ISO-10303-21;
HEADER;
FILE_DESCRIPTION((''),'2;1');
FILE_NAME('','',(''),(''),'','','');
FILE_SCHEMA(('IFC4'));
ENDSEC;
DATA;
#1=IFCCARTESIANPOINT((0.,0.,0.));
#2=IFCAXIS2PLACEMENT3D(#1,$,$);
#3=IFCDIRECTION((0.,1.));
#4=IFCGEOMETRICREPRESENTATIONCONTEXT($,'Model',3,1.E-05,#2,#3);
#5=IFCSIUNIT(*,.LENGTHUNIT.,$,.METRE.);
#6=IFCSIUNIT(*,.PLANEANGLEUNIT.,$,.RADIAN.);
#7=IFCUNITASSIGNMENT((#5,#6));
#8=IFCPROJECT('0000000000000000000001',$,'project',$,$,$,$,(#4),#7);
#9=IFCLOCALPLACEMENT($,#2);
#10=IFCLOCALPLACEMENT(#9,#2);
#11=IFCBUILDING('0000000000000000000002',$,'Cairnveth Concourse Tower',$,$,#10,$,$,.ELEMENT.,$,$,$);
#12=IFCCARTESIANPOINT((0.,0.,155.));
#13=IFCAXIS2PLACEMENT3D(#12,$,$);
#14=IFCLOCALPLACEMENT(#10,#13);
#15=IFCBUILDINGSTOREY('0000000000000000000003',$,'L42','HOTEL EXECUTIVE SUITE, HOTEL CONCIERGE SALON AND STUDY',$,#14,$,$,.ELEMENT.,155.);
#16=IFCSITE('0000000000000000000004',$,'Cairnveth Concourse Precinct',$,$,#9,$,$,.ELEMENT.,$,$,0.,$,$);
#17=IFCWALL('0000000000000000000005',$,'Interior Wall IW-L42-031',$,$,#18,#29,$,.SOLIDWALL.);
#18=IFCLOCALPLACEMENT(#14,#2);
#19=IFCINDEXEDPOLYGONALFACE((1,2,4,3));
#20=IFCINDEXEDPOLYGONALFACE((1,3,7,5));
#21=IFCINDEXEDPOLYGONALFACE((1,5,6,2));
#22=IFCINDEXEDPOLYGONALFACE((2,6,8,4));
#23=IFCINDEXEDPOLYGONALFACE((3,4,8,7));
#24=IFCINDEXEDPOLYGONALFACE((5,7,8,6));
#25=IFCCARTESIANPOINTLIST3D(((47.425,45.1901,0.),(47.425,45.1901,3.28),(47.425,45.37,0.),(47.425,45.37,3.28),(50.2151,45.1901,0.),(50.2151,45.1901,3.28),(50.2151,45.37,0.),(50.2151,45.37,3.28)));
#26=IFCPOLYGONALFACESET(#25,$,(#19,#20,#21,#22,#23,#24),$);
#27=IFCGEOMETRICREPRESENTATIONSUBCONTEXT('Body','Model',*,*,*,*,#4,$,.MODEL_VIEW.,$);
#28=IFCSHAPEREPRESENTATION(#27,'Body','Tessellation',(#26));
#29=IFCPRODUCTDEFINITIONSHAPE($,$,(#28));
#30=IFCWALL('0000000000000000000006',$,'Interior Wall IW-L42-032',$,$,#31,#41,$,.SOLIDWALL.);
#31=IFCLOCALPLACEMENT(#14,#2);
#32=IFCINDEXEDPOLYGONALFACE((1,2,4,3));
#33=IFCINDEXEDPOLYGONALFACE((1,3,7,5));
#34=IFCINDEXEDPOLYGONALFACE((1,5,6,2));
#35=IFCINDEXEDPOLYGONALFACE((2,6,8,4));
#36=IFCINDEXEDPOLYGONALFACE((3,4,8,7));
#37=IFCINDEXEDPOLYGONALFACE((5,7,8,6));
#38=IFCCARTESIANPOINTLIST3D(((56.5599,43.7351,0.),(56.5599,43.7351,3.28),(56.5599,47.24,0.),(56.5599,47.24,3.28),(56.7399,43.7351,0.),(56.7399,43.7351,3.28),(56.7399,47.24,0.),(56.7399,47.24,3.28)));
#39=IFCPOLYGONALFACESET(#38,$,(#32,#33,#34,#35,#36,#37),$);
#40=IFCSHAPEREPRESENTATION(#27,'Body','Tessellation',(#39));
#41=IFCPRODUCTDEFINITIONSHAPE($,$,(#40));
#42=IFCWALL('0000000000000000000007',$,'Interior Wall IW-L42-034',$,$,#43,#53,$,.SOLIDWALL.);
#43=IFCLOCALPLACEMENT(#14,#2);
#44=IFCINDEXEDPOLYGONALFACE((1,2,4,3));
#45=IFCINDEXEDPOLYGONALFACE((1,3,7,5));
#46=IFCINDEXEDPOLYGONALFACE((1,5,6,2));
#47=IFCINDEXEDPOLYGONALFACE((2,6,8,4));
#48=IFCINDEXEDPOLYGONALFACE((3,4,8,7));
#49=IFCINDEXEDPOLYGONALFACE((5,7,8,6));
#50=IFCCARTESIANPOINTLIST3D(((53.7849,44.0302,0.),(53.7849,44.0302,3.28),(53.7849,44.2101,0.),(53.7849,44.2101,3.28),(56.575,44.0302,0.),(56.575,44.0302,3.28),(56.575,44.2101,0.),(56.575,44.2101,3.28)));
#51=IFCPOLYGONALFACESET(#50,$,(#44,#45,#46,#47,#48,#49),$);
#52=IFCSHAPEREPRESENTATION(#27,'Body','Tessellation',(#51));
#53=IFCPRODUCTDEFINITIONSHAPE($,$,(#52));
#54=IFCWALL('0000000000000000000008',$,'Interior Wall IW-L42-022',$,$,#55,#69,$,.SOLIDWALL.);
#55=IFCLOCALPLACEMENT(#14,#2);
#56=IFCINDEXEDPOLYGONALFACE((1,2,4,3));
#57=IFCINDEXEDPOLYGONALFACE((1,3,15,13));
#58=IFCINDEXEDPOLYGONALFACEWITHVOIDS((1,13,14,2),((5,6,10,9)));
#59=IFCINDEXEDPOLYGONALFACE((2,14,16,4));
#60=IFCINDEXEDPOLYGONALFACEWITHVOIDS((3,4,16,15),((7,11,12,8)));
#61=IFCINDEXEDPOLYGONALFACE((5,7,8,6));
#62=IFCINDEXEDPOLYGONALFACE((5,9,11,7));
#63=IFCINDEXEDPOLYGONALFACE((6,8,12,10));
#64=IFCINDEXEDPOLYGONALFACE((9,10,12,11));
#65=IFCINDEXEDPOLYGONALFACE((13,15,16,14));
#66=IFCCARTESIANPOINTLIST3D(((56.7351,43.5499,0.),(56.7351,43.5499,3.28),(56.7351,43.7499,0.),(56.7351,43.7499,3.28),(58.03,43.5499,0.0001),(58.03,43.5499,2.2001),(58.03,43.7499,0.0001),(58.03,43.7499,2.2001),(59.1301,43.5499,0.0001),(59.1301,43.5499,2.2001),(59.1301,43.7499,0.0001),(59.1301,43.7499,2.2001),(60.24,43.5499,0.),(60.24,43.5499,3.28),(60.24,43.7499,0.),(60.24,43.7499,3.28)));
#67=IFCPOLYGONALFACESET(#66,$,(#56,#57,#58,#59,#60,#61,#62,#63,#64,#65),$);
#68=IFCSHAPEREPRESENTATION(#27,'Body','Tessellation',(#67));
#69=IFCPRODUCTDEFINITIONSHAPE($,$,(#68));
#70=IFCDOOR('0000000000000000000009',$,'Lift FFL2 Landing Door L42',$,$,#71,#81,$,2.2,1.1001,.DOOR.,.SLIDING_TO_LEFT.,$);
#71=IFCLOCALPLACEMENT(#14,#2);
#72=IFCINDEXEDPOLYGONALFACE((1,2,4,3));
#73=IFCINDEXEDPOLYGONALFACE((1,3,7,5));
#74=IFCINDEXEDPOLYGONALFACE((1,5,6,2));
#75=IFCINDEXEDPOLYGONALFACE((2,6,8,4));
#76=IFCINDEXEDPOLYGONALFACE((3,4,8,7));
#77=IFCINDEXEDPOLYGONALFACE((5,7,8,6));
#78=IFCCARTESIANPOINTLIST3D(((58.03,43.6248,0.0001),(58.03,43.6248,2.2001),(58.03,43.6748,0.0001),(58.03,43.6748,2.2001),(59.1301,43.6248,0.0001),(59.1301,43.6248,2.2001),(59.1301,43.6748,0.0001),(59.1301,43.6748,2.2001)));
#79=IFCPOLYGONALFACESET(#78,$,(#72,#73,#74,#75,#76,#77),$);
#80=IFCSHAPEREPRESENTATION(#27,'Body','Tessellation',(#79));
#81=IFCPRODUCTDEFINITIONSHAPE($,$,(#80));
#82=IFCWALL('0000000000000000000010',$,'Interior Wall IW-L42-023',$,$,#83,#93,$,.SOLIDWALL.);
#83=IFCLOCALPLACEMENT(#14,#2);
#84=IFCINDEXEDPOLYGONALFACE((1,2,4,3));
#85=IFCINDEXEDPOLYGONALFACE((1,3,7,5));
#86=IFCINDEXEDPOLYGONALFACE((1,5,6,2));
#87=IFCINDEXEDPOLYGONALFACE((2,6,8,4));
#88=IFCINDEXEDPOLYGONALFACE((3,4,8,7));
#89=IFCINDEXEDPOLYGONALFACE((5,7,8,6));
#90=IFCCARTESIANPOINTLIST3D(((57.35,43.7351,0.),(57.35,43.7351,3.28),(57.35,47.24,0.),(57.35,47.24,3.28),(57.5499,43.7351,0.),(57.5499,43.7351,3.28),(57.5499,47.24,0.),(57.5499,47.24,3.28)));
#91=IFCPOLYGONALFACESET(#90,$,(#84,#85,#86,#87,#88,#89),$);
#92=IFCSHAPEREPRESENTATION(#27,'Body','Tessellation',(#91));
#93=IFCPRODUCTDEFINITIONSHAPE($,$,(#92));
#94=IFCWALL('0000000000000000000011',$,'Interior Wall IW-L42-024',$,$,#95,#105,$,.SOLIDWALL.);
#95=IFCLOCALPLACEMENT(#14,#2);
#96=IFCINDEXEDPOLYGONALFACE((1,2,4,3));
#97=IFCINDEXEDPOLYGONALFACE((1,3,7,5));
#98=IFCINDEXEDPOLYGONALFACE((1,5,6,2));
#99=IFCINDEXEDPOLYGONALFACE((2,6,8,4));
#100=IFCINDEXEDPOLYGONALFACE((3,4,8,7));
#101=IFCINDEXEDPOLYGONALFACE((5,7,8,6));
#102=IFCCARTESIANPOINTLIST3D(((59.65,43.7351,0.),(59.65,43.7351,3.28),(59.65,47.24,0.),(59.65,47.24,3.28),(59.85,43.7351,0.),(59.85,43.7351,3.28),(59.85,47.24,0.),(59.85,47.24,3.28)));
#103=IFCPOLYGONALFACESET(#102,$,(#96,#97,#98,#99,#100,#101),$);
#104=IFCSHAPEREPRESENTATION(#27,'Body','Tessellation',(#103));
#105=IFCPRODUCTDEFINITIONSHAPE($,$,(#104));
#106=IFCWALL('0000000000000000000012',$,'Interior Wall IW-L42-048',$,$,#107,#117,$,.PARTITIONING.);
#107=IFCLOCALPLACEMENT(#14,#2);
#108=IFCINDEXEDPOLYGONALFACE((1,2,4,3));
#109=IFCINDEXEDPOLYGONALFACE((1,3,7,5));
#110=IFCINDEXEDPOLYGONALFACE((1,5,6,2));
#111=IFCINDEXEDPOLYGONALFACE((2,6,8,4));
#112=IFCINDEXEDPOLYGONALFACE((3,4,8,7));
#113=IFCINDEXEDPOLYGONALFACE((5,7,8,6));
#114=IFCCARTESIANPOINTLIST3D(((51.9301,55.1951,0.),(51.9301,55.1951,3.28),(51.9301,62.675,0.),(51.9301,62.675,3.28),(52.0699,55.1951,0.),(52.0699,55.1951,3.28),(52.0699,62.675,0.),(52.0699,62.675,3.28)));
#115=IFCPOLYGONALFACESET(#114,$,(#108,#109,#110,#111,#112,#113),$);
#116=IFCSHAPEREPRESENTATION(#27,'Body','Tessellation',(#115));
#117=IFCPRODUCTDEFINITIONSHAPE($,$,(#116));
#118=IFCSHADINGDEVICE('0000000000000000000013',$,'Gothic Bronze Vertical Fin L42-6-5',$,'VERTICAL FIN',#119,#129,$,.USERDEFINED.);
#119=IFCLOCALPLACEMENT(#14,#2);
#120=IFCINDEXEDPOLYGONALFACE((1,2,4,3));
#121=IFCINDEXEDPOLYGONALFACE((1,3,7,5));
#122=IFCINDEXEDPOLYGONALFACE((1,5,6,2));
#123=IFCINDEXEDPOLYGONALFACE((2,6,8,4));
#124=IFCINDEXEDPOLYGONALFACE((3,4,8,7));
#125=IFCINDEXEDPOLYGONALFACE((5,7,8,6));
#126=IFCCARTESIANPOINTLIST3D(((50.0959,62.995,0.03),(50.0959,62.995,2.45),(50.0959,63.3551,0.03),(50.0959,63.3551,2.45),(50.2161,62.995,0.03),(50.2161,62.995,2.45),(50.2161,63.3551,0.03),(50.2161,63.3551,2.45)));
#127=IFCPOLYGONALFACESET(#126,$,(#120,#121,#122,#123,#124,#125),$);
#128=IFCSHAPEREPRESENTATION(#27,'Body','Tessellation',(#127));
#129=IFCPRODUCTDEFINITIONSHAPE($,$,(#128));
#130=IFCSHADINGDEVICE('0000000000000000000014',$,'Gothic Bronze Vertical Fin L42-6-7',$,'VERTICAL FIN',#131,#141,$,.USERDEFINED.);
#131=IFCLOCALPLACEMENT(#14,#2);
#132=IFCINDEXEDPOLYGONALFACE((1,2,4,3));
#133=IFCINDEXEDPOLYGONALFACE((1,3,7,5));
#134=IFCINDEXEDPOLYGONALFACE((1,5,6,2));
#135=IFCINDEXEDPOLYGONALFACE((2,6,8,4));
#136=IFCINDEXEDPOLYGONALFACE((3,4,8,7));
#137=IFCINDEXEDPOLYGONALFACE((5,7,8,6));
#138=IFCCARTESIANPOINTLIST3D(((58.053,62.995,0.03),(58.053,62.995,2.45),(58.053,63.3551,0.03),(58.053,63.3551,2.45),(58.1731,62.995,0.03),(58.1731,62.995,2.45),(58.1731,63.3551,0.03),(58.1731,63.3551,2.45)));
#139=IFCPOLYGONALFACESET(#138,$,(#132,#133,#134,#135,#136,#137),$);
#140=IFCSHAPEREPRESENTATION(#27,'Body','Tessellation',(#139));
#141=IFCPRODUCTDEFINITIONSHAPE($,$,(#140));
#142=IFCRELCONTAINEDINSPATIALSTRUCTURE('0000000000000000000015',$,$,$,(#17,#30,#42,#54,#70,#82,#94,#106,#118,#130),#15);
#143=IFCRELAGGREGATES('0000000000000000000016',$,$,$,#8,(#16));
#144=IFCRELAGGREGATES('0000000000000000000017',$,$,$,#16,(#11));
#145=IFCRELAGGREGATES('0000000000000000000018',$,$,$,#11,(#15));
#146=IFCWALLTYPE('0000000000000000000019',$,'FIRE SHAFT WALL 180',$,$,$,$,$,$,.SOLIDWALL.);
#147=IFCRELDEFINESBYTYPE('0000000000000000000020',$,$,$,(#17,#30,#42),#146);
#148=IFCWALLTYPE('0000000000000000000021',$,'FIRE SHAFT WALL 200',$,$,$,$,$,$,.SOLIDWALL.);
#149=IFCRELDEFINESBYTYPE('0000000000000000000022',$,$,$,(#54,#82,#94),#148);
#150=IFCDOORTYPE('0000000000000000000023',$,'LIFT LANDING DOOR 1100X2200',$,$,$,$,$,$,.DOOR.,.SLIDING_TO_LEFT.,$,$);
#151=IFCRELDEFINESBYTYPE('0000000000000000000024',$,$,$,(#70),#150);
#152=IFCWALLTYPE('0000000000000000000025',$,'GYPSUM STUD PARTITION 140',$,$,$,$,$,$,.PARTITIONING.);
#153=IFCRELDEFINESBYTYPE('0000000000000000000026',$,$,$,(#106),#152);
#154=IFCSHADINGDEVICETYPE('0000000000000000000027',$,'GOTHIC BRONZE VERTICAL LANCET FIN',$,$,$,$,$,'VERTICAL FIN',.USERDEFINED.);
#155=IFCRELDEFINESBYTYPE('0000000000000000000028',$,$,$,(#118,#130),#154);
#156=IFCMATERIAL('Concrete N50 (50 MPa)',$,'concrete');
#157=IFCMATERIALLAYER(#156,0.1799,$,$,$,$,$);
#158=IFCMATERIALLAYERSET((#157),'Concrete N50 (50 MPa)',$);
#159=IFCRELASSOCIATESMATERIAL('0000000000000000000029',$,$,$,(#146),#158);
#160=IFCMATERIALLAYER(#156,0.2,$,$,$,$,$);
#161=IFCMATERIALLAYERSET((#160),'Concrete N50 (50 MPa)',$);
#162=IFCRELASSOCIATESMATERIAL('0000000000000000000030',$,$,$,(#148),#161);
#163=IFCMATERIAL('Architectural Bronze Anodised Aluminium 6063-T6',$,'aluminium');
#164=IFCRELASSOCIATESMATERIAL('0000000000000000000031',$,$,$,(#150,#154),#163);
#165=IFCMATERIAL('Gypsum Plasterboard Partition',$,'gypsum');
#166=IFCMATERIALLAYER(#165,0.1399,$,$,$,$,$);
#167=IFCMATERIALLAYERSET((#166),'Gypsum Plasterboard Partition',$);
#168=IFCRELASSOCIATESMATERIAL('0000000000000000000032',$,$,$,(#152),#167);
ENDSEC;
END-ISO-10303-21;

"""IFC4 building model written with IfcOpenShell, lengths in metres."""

from ifc_helpers import new_model, si_unit, direction, frame, frame_2d, origin, origin_2d, place, context, subcontext, project, spatial, rectangle, extrude, material, layer, layer_set, type_object, element, fill, save


model = new_model("IFC4")

# Units and contexts
model_context = context("Model", 3, precision=1e-05, world=origin(), true_north=direction((0.0, 1.0)))
body_context = subcontext(model_context, "Body", "Model", "MODEL_VIEW")
ifc_project = project(units=[si_unit("LENGTHUNIT", "METRE"), si_unit("PLANEANGLEUNIT", "RADIAN")], contexts=[model_context])

# Site, building, storey
site_placement = place(None, origin())
site = spatial("IfcSite", under=ifc_project, at=site_placement, Name="Cairnveth Concourse Precinct", CompositionType="ELEMENT", RefElevation=0.0)
building_placement = place(site_placement, origin())
building = spatial("IfcBuilding", under=site, at=building_placement, Name="Cairnveth Concourse Tower", CompositionType="ELEMENT")
storey_placement = place(building_placement, frame((0.0, 0.0, 155.0)))
storey = spatial("IfcBuildingStorey", under=building, at=storey_placement, Name="L42", Description="HOTEL EXECUTIVE SUITE, HOTEL CONCIERGE SALON AND STUDY", CompositionType="ELEMENT", Elevation=155.0)

# Walls
ifc_material_1 = material(Name="Gypsum Plasterboard Partition", Category="gypsum")
ifc_material_2 = material(Name="Concrete N50 (50 MPa)", Category="concrete")
ifc_layer_1 = layer(ifc_material_2, 0.1799)
ifc_layer_set_1 = layer_set([ifc_layer_1], Name="Concrete N50 (50 MPa)")
wall_type_1 = type_object("IfcWallType", Name="FIRE SHAFT WALL 180", PredefinedType="SOLIDWALL", material=ifc_layer_set_1)
wall_1_placement = place(storey_placement, frame((47.425, 45.28, 0.0), z_axis=(0.0, 0.0, 1.0), x_axis=(1.0, 0.0, 0.0)))
element("IfcWall", 1, at=wall_1_placement, inside=storey, type_object=wall_type_1, Name="Interior Wall IW-L42-031", PredefinedType="SOLIDWALL", context=body_context, shape_type="SweptSolid", body=[
    extrude(rectangle(XDim=2.79, YDim=0.1799, at=frame_2d((1.395, 0.0))), origin(), (0.0, 0.0, 1.0), 3.28),
])
wall_2_placement = place(storey_placement, frame((56.6499, 43.7351, 0.0), z_axis=(0.0, 0.0, 1.0), x_axis=(0.0, 1.0, 0.0)))
element("IfcWall", 2, at=wall_2_placement, inside=storey, type_object=wall_type_1, Name="Interior Wall IW-L42-032", PredefinedType="SOLIDWALL", context=body_context, shape_type="SweptSolid", body=[
    extrude(rectangle(XDim=3.5049, YDim=0.1799, at=frame_2d((1.7524, 0.0))), origin(), (0.0, 0.0, 1.0), 3.28),
])
wall_3_placement = place(storey_placement, frame((53.7849, 44.1201, 0.0), z_axis=(0.0, 0.0, 1.0), x_axis=(1.0, 0.0, 0.0)))
element("IfcWall", 3, at=wall_3_placement, inside=storey, type_object=wall_type_1, Name="Interior Wall IW-L42-034", PredefinedType="SOLIDWALL", context=body_context, shape_type="SweptSolid", body=[
    extrude(rectangle(XDim=2.79, YDim=0.1799, at=frame_2d((1.395, 0.0))), origin(), (0.0, 0.0, 1.0), 3.28),
])

# Wall, opening, door
ifc_layer_2 = layer(ifc_material_2, 0.2)
ifc_layer_set_2 = layer_set([ifc_layer_2], Name="Concrete N50 (50 MPa)")
wall_type_2 = type_object("IfcWallType", Name="FIRE SHAFT WALL 200", PredefinedType="SOLIDWALL", material=ifc_layer_set_2)
wall_4_placement = place(storey_placement, frame((56.7351, 43.6499, 0.0), z_axis=(0.0, 0.0, 1.0), x_axis=(1.0, 0.0, 0.0)))
wall_4 = element("IfcWall", 4, at=wall_4_placement, inside=storey, type_object=wall_type_2, Name="Interior Wall IW-L42-022", PredefinedType="SOLIDWALL", context=body_context, shape_type="SweptSolid", body=[
    extrude(rectangle(XDim=3.5049, YDim=0.2, at=frame_2d((1.7524, 0.0))), origin(), (0.0, 0.0, 1.0), 3.28),
])
opening_placement = place(wall_4_placement, frame((1.2949, 0.0, 0.0)))
opening = element("IfcOpeningElement", 5, at=opening_placement, cuts=wall_4, PredefinedType="OPENING", context=body_context, shape_type="SweptSolid", body=[
    extrude(rectangle(XDim=1.1001, YDim=2.2, at=frame_2d((0.55, 1.1001))), frame((0.0, 0.1099, 0.0), z_axis=(0.0, -1.0, 0.0), x_axis=(1.0, 0.0, 0.0)), (0.0, 0.0, 1.0), 0.22),
])
ifc_material_3 = material(Name="Architectural Bronze Anodised Aluminium 6063-T6", Category="aluminium")
door_type = type_object("IfcDoorType", Name="LIFT LANDING DOOR 1100X2200", OperationType="SLIDING_TO_LEFT", PredefinedType="DOOR", material=ifc_material_3)
door_placement = place(opening_placement, origin())
door = element("IfcDoor", 6, at=door_placement, inside=storey, type_object=door_type, Name="Lift FFL2 Landing Door L42", OperationType="SLIDING_TO_LEFT", OverallHeight=2.2, OverallWidth=1.1001, PredefinedType="DOOR", context=body_context, shape_type="SweptSolid", body=[
    extrude(rectangle(XDim=1.1001, YDim=2.2, at=frame_2d((0.55, 1.1001))), frame((0.0, 0.0249, 0.0), z_axis=(0.0, -1.0, 0.0), x_axis=(1.0, 0.0, 0.0)), (0.0, 0.0, 1.0), 0.05),
])
fill(opening, door)

# Walls
for number, where, z_axis, x_axis, name in (
    (7, (57.45, 43.7351, 0.0), (0.0, 0.0, 1.0), (0.0, 1.0, 0.0), "Interior Wall IW-L42-023"),
    (8, (59.75, 43.7351, 0.0), (0.0, 0.0, 1.0), (0.0, 1.0, 0.0), "Interior Wall IW-L42-024"),
):
    element("IfcWall", number, at=place(storey_placement, frame(where, z_axis=z_axis, x_axis=x_axis)), inside=storey, type_object=wall_type_2, Name=name, PredefinedType="SOLIDWALL", context=body_context, shape_type="SweptSolid", body=[
        extrude(rectangle(XDim=3.5049, YDim=0.2, at=frame_2d((1.7524, 0.0))), origin(), (0.0, 0.0, 1.0), 3.28),
    ])
ifc_layer_3 = layer(ifc_material_1, 0.1399)
ifc_layer_set_3 = layer_set([ifc_layer_3], Name="Gypsum Plasterboard Partition")
wall_type_3 = type_object("IfcWallType", Name="GYPSUM STUD PARTITION 140", PredefinedType="PARTITIONING", material=ifc_layer_set_3)
wall_5_placement = place(storey_placement, frame((52.0, 55.1951, 0.0), z_axis=(0.0, 0.0, 1.0), x_axis=(0.0, 1.0, 0.0)))
element("IfcWall", 9, at=wall_5_placement, inside=storey, type_object=wall_type_3, Name="Interior Wall IW-L42-048", PredefinedType="PARTITIONING", context=body_context, shape_type="SweptSolid", body=[
    extrude(rectangle(XDim=7.48, YDim=0.1399, at=frame_2d((3.74, 0.0))), origin(), (0.0, 0.0, 1.0), 3.28),
])

# Shading devices
shading_device_type = type_object("IfcShadingDeviceType", Name="GOTHIC BRONZE VERTICAL LANCET FIN", ElementType="VERTICAL FIN", PredefinedType="USERDEFINED", material=ifc_material_3)
for number, where, z_axis, x_axis, name in (
    (10, (50.156, 63.175, 0.03), (0.0, 0.0, 1.0), (1.0, 0.0, 0.0), "Gothic Bronze Vertical Fin L42-6-5"),
    (11, (58.113, 63.175, 0.03), (0.0, 0.0, 1.0), (1.0, 0.0, 0.0), "Gothic Bronze Vertical Fin L42-6-7"),
):
    element("IfcShadingDevice", number, at=place(storey_placement, frame(where, z_axis=z_axis, x_axis=x_axis)), inside=storey, type_object=shading_device_type, Name=name, ObjectType="VERTICAL FIN", PredefinedType="USERDEFINED", context=body_context, shape_type="SweptSolid", body=[
        extrude(rectangle(XDim=0.1201, YDim=0.3601, at=origin_2d()), origin(), (0.0, 0.0, 1.0), 2.4199),
    ])

save(model, "model.ifc")
